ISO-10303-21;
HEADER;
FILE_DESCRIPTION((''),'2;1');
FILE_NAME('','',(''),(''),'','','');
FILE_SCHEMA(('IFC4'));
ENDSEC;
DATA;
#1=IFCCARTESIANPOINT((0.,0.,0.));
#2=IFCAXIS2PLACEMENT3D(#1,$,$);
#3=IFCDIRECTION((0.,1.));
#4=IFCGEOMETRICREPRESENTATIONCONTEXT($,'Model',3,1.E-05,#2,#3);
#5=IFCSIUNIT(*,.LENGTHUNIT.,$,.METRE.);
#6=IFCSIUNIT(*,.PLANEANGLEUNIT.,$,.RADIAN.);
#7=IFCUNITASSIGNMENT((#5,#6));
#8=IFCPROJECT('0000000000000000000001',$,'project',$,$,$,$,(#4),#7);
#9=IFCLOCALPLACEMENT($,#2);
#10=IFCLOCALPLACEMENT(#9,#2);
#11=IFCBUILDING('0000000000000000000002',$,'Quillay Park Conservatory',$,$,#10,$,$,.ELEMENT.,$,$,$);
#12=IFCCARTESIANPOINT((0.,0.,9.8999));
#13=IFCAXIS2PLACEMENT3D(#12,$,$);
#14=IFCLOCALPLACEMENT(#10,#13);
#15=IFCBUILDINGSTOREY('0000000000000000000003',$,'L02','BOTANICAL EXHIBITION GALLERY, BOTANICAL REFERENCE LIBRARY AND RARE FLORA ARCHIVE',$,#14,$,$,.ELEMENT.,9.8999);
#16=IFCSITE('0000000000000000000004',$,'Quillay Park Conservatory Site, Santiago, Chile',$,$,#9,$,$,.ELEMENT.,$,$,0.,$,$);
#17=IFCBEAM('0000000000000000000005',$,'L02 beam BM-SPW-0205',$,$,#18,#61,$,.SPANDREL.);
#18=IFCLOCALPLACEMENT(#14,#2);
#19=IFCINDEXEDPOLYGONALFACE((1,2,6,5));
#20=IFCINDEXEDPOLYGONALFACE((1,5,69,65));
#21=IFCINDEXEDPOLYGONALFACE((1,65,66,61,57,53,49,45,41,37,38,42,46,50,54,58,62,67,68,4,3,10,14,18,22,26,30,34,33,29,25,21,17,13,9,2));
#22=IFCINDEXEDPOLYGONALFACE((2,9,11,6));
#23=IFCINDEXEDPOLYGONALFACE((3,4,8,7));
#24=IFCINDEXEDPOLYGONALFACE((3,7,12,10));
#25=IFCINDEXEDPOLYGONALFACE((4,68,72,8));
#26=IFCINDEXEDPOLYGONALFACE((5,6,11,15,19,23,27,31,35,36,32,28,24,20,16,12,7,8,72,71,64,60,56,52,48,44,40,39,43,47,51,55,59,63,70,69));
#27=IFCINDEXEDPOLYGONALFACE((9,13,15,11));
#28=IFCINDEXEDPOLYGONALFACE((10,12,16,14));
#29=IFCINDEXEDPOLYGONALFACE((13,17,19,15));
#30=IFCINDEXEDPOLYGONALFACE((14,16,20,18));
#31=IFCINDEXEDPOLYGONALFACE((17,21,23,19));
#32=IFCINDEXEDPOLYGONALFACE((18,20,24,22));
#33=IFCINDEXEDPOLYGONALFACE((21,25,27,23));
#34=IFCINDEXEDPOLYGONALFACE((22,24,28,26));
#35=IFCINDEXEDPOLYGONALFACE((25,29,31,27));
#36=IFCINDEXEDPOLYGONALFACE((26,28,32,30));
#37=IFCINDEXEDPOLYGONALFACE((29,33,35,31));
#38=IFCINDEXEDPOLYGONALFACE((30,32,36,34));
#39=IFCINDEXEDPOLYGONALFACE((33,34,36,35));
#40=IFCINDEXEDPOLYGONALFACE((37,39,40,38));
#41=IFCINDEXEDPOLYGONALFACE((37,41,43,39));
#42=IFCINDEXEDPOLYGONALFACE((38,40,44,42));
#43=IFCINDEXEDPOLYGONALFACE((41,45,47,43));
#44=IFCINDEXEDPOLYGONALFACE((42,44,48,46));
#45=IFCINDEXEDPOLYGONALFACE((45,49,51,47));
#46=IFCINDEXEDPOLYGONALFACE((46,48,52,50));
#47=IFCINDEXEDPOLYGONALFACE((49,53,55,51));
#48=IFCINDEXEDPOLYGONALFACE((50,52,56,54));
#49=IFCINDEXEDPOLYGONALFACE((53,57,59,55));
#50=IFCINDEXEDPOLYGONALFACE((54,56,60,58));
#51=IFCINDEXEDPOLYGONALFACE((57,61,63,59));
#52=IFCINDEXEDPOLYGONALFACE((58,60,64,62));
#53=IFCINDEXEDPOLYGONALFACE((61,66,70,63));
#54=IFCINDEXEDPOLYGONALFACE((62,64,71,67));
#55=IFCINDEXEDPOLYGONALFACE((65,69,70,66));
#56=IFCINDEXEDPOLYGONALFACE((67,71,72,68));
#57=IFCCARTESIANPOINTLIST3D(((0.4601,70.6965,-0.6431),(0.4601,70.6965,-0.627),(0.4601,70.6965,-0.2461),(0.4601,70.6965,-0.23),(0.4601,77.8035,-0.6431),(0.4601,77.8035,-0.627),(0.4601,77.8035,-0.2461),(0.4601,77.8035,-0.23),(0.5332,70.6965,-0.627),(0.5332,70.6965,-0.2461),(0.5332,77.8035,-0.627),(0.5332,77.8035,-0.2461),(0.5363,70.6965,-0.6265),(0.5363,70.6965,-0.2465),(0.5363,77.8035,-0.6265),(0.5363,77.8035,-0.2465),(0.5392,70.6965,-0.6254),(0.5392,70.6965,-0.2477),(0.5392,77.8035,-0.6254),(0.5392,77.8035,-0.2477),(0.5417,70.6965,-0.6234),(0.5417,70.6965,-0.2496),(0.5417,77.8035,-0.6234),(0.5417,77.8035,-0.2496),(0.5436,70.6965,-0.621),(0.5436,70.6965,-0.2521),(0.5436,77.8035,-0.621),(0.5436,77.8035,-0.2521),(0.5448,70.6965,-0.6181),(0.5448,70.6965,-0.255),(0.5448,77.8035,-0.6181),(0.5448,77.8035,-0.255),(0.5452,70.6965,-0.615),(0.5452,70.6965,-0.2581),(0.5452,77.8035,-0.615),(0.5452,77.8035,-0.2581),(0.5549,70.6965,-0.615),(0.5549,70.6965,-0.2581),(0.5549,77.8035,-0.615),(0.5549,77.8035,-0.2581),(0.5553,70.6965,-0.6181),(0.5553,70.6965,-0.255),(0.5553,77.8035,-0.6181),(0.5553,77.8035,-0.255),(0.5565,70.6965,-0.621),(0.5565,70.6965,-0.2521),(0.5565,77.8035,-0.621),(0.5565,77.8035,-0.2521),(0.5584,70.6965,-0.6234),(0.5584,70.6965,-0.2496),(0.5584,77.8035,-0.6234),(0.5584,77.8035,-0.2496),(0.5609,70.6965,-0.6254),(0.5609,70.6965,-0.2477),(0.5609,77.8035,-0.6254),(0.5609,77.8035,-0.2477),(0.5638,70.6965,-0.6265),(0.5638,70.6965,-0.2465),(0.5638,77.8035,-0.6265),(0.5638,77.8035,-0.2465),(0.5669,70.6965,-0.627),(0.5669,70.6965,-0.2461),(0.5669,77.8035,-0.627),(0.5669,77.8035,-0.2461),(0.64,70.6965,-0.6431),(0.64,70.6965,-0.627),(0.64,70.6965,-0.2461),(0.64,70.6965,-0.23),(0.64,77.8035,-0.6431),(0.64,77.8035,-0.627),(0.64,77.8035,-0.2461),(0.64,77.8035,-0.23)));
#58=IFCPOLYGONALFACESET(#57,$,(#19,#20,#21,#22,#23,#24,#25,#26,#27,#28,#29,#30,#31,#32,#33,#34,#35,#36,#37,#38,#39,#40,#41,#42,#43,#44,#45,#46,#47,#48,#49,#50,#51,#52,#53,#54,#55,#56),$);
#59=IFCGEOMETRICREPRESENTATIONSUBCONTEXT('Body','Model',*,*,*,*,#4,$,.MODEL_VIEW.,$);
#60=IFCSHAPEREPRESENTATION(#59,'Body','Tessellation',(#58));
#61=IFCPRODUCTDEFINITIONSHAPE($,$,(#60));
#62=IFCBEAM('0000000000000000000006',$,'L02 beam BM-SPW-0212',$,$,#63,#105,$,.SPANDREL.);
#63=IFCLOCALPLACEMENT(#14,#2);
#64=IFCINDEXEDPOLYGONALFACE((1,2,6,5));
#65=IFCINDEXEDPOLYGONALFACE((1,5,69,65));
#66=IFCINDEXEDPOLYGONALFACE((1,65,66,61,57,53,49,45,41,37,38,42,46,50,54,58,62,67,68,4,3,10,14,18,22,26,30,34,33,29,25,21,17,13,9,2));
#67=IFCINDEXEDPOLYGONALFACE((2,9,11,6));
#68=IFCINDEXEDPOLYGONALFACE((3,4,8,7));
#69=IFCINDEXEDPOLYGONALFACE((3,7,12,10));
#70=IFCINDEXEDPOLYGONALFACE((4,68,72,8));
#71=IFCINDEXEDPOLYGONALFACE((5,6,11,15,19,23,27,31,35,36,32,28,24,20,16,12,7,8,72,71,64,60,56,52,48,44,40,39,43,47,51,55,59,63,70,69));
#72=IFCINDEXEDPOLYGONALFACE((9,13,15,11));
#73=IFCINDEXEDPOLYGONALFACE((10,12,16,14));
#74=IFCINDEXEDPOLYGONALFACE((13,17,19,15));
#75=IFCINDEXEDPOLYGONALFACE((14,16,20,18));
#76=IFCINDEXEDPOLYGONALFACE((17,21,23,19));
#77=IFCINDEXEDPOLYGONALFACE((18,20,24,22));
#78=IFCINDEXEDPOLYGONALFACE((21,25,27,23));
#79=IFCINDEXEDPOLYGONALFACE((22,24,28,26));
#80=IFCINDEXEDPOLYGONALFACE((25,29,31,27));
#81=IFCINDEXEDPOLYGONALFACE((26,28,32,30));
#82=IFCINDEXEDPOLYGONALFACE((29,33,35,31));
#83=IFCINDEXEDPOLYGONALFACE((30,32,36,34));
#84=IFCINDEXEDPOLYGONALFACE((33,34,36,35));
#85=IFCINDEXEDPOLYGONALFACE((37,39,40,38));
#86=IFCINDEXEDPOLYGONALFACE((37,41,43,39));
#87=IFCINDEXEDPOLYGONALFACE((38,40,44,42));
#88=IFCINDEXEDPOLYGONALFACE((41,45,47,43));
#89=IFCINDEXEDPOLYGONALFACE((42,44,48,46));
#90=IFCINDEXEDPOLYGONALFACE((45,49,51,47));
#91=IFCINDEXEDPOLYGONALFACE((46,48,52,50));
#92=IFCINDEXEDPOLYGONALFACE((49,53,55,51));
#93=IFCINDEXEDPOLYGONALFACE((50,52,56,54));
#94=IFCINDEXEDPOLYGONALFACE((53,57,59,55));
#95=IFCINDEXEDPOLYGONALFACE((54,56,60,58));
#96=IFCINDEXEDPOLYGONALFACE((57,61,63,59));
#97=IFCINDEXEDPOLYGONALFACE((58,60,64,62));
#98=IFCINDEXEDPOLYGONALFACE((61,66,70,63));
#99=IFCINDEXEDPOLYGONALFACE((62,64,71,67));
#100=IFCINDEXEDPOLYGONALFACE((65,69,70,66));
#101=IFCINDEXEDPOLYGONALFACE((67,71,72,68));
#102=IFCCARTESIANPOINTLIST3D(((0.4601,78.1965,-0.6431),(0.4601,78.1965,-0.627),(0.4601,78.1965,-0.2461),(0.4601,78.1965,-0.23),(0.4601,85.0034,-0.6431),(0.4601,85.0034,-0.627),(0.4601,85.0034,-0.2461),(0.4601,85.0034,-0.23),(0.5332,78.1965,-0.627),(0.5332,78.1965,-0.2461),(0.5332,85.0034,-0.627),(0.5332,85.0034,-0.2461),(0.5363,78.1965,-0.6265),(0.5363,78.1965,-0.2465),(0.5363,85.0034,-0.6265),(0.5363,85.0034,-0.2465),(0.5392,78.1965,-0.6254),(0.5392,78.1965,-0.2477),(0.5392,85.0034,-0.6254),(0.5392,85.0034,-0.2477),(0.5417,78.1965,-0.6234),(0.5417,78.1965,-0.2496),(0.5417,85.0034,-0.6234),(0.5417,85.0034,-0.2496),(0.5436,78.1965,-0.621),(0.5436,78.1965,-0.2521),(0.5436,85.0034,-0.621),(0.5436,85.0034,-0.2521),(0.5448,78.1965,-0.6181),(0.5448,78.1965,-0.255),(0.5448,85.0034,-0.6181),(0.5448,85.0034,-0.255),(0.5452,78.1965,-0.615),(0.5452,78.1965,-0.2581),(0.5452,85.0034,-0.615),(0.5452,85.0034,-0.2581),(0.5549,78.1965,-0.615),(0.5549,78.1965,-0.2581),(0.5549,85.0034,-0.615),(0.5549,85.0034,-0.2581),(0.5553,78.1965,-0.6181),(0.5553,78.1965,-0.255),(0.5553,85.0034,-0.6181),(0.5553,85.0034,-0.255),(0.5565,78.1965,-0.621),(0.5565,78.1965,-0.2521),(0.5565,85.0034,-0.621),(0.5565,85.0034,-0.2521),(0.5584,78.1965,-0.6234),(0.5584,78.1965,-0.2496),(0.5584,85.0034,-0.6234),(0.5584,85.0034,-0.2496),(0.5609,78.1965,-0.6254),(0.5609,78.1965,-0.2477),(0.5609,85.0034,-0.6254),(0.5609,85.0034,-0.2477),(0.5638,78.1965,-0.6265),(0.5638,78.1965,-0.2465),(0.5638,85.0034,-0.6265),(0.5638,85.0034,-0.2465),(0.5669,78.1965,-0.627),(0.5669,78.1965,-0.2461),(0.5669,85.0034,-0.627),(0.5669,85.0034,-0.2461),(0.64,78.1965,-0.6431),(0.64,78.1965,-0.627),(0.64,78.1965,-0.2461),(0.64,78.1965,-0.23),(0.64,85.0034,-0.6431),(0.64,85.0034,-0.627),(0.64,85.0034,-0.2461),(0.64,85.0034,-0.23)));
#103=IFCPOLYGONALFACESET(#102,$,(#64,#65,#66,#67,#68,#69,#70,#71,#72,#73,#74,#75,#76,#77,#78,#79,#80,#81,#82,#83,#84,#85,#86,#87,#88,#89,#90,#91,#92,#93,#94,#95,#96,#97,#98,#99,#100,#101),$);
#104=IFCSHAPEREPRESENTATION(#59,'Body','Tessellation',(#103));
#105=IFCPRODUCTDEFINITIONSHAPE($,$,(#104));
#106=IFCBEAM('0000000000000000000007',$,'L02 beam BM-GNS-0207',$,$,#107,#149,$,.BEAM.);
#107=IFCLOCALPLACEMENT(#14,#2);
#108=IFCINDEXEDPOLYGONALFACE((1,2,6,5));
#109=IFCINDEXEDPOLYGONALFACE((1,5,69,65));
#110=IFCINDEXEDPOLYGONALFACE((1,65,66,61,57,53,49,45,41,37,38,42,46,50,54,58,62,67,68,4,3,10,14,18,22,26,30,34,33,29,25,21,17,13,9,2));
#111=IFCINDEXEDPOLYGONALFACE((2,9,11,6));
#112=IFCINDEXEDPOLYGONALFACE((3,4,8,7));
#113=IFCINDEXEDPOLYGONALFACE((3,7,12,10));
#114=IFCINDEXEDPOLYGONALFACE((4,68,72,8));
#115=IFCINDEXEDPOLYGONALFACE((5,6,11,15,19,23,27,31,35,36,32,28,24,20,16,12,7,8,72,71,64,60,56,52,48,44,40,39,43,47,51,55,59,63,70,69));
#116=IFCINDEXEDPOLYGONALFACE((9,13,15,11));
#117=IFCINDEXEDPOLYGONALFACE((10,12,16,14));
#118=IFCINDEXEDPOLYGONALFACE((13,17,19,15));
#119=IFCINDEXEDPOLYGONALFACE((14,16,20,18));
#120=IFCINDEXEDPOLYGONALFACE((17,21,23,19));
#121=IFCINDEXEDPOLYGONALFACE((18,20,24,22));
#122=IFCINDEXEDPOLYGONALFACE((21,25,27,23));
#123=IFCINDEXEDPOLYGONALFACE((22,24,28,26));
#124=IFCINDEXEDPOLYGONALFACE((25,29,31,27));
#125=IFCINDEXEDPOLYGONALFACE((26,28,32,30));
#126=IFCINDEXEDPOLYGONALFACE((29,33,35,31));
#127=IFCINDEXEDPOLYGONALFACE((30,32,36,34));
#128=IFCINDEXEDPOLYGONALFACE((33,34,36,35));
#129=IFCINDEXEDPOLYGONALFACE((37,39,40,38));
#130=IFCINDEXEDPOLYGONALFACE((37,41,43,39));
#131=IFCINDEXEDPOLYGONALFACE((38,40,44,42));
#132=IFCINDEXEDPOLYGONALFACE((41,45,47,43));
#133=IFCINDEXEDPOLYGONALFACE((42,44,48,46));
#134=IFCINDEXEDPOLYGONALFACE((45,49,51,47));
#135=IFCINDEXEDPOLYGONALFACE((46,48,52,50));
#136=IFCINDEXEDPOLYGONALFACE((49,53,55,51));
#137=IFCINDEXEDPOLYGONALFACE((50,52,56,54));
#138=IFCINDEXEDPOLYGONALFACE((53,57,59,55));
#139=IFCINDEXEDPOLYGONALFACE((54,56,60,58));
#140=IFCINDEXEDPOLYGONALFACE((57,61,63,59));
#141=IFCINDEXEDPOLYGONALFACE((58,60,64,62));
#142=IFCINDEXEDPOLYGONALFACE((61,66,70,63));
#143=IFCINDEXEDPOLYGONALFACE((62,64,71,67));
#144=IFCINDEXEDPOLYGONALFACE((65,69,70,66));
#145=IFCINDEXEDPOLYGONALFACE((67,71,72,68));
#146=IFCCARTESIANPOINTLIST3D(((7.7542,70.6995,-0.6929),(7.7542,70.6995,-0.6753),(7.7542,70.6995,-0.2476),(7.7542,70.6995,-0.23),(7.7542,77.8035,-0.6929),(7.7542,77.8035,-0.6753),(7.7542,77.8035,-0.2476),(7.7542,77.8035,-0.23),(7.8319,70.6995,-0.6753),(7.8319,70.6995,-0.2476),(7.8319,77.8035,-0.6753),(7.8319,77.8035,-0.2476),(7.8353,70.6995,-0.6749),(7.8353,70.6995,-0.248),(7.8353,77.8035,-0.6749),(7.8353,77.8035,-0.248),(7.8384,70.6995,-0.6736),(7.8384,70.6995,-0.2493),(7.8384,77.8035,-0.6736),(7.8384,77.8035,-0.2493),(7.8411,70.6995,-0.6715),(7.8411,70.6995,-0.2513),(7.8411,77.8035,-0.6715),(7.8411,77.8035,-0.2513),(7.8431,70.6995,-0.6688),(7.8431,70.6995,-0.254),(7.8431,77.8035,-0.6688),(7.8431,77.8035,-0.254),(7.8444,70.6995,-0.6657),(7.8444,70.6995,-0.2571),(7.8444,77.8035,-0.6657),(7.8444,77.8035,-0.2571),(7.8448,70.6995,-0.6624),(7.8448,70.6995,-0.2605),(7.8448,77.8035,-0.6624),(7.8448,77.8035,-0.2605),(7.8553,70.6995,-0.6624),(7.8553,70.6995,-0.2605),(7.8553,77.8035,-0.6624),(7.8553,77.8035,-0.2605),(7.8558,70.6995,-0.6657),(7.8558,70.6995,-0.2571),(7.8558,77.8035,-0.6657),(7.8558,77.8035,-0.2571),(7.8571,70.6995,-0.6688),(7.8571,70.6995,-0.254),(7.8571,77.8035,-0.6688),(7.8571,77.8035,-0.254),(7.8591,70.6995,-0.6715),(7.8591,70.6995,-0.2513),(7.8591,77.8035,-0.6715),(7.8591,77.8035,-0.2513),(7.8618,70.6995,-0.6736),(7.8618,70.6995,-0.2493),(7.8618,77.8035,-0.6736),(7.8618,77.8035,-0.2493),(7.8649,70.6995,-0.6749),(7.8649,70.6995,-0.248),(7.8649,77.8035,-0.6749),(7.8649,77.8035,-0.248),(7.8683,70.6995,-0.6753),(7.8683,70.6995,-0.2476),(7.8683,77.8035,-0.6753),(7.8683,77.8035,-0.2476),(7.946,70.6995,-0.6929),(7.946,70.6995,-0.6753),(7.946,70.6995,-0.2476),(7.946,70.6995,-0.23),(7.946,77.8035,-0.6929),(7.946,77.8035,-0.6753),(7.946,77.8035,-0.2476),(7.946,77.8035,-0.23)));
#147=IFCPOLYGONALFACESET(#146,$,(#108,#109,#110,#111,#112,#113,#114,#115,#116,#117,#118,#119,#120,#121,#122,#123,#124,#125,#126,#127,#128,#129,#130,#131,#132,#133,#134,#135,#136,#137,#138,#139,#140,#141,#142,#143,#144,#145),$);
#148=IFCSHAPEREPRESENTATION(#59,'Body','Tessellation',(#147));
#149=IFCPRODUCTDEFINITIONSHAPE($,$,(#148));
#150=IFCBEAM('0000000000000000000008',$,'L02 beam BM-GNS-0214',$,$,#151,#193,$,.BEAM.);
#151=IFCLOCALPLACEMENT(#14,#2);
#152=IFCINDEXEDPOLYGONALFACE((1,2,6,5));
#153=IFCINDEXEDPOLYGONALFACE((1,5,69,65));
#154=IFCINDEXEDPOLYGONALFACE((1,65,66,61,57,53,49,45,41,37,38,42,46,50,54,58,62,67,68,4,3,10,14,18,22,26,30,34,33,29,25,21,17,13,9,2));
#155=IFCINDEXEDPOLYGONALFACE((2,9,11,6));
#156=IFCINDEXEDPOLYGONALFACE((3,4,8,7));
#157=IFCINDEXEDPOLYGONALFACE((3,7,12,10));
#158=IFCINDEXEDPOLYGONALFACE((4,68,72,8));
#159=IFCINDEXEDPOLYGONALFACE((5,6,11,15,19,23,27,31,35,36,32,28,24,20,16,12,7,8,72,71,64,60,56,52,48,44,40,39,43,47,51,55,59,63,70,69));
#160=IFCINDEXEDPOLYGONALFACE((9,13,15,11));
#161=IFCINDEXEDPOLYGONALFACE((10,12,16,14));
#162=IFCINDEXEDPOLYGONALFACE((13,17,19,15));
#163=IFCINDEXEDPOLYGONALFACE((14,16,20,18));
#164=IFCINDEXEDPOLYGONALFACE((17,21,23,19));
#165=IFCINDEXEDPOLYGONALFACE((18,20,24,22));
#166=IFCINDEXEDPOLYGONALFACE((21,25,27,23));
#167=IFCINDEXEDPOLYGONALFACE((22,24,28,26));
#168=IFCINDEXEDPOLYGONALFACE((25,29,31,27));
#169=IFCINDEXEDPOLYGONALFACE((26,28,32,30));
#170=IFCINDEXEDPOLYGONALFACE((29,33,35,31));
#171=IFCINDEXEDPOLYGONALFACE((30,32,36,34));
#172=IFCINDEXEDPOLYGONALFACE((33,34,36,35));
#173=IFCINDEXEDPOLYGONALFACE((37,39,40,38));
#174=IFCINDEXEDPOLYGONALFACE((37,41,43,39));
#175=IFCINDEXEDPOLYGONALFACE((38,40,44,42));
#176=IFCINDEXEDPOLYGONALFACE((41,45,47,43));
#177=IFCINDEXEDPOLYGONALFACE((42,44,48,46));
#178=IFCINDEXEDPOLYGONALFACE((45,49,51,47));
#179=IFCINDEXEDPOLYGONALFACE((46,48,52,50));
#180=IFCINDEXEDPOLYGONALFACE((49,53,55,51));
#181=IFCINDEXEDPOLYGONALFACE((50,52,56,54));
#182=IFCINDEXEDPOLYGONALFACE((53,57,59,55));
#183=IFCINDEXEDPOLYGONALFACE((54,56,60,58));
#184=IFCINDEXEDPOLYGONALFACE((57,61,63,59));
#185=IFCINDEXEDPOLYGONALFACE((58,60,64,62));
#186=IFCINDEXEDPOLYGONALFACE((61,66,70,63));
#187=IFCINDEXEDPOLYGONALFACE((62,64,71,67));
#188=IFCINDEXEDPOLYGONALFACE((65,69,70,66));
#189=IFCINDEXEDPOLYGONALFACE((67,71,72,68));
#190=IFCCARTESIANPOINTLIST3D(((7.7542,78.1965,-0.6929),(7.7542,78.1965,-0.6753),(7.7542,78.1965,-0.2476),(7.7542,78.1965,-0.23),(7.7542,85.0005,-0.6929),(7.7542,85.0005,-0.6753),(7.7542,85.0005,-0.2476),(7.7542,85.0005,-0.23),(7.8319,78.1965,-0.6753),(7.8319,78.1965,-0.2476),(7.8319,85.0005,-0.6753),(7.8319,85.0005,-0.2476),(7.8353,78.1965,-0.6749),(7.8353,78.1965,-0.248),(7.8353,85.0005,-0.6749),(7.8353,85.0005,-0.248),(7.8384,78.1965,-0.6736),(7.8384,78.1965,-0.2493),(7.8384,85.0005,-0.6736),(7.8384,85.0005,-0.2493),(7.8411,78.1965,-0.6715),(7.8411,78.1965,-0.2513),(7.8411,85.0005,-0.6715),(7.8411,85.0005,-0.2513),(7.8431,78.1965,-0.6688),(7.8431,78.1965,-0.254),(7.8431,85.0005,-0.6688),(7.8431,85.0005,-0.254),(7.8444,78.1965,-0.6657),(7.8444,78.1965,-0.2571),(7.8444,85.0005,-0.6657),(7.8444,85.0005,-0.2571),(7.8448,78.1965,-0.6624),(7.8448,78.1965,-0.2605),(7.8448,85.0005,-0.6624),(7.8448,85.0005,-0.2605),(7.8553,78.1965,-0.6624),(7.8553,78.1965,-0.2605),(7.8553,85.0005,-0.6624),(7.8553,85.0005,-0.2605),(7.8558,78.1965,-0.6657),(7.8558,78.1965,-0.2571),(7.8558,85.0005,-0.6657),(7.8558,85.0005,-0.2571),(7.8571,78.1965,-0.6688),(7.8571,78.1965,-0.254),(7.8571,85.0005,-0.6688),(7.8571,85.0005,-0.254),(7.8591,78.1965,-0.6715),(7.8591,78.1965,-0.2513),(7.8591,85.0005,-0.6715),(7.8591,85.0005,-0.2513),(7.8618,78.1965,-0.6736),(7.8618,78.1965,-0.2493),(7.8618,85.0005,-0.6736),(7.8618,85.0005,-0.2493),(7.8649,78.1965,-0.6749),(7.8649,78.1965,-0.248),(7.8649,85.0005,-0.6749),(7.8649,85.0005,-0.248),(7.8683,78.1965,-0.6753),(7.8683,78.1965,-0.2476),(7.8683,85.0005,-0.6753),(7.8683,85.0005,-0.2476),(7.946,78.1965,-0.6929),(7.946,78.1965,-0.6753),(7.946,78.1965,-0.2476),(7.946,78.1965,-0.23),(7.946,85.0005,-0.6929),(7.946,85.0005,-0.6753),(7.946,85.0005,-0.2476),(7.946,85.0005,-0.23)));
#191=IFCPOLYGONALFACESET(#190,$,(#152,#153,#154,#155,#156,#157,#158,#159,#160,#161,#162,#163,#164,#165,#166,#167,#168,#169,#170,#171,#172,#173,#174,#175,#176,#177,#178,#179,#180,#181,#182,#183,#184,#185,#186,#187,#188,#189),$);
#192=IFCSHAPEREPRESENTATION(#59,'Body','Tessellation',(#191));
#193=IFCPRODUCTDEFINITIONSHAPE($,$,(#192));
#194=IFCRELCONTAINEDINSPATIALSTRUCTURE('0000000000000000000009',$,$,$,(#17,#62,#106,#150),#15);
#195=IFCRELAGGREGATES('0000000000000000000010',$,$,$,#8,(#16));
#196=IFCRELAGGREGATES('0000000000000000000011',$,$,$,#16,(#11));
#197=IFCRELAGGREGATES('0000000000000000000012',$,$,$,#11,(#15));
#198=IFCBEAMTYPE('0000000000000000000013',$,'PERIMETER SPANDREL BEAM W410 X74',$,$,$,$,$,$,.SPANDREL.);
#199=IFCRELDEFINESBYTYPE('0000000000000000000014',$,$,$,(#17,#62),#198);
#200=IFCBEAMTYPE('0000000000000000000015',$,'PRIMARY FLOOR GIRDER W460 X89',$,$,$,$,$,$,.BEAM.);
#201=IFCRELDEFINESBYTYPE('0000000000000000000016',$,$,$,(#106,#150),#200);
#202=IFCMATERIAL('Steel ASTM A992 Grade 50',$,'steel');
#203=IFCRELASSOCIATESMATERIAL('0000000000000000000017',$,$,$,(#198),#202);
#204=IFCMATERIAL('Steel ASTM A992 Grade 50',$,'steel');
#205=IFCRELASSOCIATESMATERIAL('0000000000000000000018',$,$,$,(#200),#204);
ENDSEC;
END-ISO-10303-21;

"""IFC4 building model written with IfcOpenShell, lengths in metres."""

from ifc_helpers import new_model, si_unit, direction, frame, origin, origin_2d, place, context, subcontext, project, spatial, i_section, extrude, material, material_profile, profile_set, type_object, element, save


model = new_model("IFC4")

# Units and contexts
model_context = context("Model", 3, precision=1e-05, world=origin(), true_north=direction((0.0, 1.0)))
body_context = subcontext(model_context, "Body", "Model", "MODEL_VIEW")
ifc_project = project(units=[si_unit("LENGTHUNIT", "METRE"), si_unit("PLANEANGLEUNIT", "RADIAN")], contexts=[model_context])

# Site, building, storey
site_placement = place(None, origin())
site = spatial("IfcSite", under=ifc_project, at=site_placement, Name="Quillay Park Conservatory Site, Santiago, Chile", CompositionType="ELEMENT", RefElevation=0.0)
building_placement = place(site_placement, origin())
building = spatial("IfcBuilding", under=site, at=building_placement, Name="Quillay Park Conservatory", CompositionType="ELEMENT")
storey_placement = place(building_placement, frame((0.0, 0.0, 9.8999)))
storey = spatial("IfcBuildingStorey", under=building, at=storey_placement, Name="L02", Description="BOTANICAL EXHIBITION GALLERY, BOTANICAL REFERENCE LIBRARY AND RARE FLORA ARCHIVE", CompositionType="ELEMENT", Elevation=9.8999)

# Beams
ifc_material_1 = material(Name="Steel ASTM A992 Grade 50", Category="steel")
ifc_material_profile_1 = material_profile(ifc_material_1, i_section(OverallWidth=0.1799, OverallDepth=0.4131, WebThickness=0.0098, FlangeThickness=0.0161, FilletRadius=0.012, at=origin_2d()), Name="W410x74")
ifc_profile_set_1 = profile_set([ifc_material_profile_1], Name="Steel ASTM A992 Grade 50")
beam_type_1 = type_object("IfcBeamType", Name="PERIMETER SPANDREL BEAM W410 X74", PredefinedType="SPANDREL", material=ifc_profile_set_1)
beam_1_placement = place(storey_placement, frame((0.55, 70.6965, -0.4365), z_axis=(0.0, 1.0, 0.0), x_axis=(-1.0, 0.0, 0.0)))
element("IfcBeam", 1, at=beam_1_placement, inside=storey, type_object=beam_type_1, Name="L02 beam BM-SPW-0205", PredefinedType="SPANDREL", context=body_context, shape_type="SweptSolid", body=[
    extrude(i_section(OverallWidth=0.1799, OverallDepth=0.4131, WebThickness=0.0098, FlangeThickness=0.0161, FilletRadius=0.012, at=origin_2d()), origin(), (0.0, 0.0, 1.0), 7.1069),
])
beam_2_placement = place(storey_placement, frame((0.55, 78.1965, -0.4365), z_axis=(0.0, 1.0, 0.0), x_axis=(-1.0, 0.0, 0.0)))
element("IfcBeam", 2, at=beam_2_placement, inside=storey, type_object=beam_type_1, Name="L02 beam BM-SPW-0212", PredefinedType="SPANDREL", context=body_context, shape_type="SweptSolid", body=[
    extrude(i_section(OverallWidth=0.1799, OverallDepth=0.4131, WebThickness=0.0098, FlangeThickness=0.0161, FilletRadius=0.012, at=origin_2d()), origin(), (0.0, 0.0, 1.0), 6.8069),
])
ifc_material_2 = material(Name="Steel ASTM A992 Grade 50", Category="steel")
ifc_material_profile_2 = material_profile(ifc_material_2, i_section(OverallWidth=0.1919, OverallDepth=0.4629, WebThickness=0.0105, FlangeThickness=0.0176, FilletRadius=0.0129, at=origin_2d()), Name="W460x89")
ifc_profile_set_2 = profile_set([ifc_material_profile_2], Name="Steel ASTM A992 Grade 50")
beam_type_2 = type_object("IfcBeamType", Name="PRIMARY FLOOR GIRDER W460 X89", PredefinedType="BEAM", material=ifc_profile_set_2)
beam_3_placement = place(storey_placement, frame((7.8501, 70.6995, -0.4614), z_axis=(0.0, 1.0, 0.0), x_axis=(-1.0, 0.0, 0.0)))
element("IfcBeam", 3, at=beam_3_placement, inside=storey, type_object=beam_type_2, Name="L02 beam BM-GNS-0207", PredefinedType="BEAM", context=body_context, shape_type="SweptSolid", body=[
    extrude(i_section(OverallWidth=0.1919, OverallDepth=0.4629, WebThickness=0.0105, FlangeThickness=0.0176, FilletRadius=0.0129, at=origin_2d()), origin(), (0.0, 0.0, 1.0), 7.104),
])
beam_4_placement = place(storey_placement, frame((7.8501, 78.1965, -0.4614), z_axis=(0.0, 1.0, 0.0), x_axis=(-1.0, 0.0, 0.0)))
element("IfcBeam", 4, at=beam_4_placement, inside=storey, type_object=beam_type_2, Name="L02 beam BM-GNS-0214", PredefinedType="BEAM", context=body_context, shape_type="SweptSolid", body=[
    extrude(i_section(OverallWidth=0.1919, OverallDepth=0.4629, WebThickness=0.0105, FlangeThickness=0.0176, FilletRadius=0.0129, at=origin_2d()), origin(), (0.0, 0.0, 1.0), 6.804),
])

save(model, "model.ifc")
